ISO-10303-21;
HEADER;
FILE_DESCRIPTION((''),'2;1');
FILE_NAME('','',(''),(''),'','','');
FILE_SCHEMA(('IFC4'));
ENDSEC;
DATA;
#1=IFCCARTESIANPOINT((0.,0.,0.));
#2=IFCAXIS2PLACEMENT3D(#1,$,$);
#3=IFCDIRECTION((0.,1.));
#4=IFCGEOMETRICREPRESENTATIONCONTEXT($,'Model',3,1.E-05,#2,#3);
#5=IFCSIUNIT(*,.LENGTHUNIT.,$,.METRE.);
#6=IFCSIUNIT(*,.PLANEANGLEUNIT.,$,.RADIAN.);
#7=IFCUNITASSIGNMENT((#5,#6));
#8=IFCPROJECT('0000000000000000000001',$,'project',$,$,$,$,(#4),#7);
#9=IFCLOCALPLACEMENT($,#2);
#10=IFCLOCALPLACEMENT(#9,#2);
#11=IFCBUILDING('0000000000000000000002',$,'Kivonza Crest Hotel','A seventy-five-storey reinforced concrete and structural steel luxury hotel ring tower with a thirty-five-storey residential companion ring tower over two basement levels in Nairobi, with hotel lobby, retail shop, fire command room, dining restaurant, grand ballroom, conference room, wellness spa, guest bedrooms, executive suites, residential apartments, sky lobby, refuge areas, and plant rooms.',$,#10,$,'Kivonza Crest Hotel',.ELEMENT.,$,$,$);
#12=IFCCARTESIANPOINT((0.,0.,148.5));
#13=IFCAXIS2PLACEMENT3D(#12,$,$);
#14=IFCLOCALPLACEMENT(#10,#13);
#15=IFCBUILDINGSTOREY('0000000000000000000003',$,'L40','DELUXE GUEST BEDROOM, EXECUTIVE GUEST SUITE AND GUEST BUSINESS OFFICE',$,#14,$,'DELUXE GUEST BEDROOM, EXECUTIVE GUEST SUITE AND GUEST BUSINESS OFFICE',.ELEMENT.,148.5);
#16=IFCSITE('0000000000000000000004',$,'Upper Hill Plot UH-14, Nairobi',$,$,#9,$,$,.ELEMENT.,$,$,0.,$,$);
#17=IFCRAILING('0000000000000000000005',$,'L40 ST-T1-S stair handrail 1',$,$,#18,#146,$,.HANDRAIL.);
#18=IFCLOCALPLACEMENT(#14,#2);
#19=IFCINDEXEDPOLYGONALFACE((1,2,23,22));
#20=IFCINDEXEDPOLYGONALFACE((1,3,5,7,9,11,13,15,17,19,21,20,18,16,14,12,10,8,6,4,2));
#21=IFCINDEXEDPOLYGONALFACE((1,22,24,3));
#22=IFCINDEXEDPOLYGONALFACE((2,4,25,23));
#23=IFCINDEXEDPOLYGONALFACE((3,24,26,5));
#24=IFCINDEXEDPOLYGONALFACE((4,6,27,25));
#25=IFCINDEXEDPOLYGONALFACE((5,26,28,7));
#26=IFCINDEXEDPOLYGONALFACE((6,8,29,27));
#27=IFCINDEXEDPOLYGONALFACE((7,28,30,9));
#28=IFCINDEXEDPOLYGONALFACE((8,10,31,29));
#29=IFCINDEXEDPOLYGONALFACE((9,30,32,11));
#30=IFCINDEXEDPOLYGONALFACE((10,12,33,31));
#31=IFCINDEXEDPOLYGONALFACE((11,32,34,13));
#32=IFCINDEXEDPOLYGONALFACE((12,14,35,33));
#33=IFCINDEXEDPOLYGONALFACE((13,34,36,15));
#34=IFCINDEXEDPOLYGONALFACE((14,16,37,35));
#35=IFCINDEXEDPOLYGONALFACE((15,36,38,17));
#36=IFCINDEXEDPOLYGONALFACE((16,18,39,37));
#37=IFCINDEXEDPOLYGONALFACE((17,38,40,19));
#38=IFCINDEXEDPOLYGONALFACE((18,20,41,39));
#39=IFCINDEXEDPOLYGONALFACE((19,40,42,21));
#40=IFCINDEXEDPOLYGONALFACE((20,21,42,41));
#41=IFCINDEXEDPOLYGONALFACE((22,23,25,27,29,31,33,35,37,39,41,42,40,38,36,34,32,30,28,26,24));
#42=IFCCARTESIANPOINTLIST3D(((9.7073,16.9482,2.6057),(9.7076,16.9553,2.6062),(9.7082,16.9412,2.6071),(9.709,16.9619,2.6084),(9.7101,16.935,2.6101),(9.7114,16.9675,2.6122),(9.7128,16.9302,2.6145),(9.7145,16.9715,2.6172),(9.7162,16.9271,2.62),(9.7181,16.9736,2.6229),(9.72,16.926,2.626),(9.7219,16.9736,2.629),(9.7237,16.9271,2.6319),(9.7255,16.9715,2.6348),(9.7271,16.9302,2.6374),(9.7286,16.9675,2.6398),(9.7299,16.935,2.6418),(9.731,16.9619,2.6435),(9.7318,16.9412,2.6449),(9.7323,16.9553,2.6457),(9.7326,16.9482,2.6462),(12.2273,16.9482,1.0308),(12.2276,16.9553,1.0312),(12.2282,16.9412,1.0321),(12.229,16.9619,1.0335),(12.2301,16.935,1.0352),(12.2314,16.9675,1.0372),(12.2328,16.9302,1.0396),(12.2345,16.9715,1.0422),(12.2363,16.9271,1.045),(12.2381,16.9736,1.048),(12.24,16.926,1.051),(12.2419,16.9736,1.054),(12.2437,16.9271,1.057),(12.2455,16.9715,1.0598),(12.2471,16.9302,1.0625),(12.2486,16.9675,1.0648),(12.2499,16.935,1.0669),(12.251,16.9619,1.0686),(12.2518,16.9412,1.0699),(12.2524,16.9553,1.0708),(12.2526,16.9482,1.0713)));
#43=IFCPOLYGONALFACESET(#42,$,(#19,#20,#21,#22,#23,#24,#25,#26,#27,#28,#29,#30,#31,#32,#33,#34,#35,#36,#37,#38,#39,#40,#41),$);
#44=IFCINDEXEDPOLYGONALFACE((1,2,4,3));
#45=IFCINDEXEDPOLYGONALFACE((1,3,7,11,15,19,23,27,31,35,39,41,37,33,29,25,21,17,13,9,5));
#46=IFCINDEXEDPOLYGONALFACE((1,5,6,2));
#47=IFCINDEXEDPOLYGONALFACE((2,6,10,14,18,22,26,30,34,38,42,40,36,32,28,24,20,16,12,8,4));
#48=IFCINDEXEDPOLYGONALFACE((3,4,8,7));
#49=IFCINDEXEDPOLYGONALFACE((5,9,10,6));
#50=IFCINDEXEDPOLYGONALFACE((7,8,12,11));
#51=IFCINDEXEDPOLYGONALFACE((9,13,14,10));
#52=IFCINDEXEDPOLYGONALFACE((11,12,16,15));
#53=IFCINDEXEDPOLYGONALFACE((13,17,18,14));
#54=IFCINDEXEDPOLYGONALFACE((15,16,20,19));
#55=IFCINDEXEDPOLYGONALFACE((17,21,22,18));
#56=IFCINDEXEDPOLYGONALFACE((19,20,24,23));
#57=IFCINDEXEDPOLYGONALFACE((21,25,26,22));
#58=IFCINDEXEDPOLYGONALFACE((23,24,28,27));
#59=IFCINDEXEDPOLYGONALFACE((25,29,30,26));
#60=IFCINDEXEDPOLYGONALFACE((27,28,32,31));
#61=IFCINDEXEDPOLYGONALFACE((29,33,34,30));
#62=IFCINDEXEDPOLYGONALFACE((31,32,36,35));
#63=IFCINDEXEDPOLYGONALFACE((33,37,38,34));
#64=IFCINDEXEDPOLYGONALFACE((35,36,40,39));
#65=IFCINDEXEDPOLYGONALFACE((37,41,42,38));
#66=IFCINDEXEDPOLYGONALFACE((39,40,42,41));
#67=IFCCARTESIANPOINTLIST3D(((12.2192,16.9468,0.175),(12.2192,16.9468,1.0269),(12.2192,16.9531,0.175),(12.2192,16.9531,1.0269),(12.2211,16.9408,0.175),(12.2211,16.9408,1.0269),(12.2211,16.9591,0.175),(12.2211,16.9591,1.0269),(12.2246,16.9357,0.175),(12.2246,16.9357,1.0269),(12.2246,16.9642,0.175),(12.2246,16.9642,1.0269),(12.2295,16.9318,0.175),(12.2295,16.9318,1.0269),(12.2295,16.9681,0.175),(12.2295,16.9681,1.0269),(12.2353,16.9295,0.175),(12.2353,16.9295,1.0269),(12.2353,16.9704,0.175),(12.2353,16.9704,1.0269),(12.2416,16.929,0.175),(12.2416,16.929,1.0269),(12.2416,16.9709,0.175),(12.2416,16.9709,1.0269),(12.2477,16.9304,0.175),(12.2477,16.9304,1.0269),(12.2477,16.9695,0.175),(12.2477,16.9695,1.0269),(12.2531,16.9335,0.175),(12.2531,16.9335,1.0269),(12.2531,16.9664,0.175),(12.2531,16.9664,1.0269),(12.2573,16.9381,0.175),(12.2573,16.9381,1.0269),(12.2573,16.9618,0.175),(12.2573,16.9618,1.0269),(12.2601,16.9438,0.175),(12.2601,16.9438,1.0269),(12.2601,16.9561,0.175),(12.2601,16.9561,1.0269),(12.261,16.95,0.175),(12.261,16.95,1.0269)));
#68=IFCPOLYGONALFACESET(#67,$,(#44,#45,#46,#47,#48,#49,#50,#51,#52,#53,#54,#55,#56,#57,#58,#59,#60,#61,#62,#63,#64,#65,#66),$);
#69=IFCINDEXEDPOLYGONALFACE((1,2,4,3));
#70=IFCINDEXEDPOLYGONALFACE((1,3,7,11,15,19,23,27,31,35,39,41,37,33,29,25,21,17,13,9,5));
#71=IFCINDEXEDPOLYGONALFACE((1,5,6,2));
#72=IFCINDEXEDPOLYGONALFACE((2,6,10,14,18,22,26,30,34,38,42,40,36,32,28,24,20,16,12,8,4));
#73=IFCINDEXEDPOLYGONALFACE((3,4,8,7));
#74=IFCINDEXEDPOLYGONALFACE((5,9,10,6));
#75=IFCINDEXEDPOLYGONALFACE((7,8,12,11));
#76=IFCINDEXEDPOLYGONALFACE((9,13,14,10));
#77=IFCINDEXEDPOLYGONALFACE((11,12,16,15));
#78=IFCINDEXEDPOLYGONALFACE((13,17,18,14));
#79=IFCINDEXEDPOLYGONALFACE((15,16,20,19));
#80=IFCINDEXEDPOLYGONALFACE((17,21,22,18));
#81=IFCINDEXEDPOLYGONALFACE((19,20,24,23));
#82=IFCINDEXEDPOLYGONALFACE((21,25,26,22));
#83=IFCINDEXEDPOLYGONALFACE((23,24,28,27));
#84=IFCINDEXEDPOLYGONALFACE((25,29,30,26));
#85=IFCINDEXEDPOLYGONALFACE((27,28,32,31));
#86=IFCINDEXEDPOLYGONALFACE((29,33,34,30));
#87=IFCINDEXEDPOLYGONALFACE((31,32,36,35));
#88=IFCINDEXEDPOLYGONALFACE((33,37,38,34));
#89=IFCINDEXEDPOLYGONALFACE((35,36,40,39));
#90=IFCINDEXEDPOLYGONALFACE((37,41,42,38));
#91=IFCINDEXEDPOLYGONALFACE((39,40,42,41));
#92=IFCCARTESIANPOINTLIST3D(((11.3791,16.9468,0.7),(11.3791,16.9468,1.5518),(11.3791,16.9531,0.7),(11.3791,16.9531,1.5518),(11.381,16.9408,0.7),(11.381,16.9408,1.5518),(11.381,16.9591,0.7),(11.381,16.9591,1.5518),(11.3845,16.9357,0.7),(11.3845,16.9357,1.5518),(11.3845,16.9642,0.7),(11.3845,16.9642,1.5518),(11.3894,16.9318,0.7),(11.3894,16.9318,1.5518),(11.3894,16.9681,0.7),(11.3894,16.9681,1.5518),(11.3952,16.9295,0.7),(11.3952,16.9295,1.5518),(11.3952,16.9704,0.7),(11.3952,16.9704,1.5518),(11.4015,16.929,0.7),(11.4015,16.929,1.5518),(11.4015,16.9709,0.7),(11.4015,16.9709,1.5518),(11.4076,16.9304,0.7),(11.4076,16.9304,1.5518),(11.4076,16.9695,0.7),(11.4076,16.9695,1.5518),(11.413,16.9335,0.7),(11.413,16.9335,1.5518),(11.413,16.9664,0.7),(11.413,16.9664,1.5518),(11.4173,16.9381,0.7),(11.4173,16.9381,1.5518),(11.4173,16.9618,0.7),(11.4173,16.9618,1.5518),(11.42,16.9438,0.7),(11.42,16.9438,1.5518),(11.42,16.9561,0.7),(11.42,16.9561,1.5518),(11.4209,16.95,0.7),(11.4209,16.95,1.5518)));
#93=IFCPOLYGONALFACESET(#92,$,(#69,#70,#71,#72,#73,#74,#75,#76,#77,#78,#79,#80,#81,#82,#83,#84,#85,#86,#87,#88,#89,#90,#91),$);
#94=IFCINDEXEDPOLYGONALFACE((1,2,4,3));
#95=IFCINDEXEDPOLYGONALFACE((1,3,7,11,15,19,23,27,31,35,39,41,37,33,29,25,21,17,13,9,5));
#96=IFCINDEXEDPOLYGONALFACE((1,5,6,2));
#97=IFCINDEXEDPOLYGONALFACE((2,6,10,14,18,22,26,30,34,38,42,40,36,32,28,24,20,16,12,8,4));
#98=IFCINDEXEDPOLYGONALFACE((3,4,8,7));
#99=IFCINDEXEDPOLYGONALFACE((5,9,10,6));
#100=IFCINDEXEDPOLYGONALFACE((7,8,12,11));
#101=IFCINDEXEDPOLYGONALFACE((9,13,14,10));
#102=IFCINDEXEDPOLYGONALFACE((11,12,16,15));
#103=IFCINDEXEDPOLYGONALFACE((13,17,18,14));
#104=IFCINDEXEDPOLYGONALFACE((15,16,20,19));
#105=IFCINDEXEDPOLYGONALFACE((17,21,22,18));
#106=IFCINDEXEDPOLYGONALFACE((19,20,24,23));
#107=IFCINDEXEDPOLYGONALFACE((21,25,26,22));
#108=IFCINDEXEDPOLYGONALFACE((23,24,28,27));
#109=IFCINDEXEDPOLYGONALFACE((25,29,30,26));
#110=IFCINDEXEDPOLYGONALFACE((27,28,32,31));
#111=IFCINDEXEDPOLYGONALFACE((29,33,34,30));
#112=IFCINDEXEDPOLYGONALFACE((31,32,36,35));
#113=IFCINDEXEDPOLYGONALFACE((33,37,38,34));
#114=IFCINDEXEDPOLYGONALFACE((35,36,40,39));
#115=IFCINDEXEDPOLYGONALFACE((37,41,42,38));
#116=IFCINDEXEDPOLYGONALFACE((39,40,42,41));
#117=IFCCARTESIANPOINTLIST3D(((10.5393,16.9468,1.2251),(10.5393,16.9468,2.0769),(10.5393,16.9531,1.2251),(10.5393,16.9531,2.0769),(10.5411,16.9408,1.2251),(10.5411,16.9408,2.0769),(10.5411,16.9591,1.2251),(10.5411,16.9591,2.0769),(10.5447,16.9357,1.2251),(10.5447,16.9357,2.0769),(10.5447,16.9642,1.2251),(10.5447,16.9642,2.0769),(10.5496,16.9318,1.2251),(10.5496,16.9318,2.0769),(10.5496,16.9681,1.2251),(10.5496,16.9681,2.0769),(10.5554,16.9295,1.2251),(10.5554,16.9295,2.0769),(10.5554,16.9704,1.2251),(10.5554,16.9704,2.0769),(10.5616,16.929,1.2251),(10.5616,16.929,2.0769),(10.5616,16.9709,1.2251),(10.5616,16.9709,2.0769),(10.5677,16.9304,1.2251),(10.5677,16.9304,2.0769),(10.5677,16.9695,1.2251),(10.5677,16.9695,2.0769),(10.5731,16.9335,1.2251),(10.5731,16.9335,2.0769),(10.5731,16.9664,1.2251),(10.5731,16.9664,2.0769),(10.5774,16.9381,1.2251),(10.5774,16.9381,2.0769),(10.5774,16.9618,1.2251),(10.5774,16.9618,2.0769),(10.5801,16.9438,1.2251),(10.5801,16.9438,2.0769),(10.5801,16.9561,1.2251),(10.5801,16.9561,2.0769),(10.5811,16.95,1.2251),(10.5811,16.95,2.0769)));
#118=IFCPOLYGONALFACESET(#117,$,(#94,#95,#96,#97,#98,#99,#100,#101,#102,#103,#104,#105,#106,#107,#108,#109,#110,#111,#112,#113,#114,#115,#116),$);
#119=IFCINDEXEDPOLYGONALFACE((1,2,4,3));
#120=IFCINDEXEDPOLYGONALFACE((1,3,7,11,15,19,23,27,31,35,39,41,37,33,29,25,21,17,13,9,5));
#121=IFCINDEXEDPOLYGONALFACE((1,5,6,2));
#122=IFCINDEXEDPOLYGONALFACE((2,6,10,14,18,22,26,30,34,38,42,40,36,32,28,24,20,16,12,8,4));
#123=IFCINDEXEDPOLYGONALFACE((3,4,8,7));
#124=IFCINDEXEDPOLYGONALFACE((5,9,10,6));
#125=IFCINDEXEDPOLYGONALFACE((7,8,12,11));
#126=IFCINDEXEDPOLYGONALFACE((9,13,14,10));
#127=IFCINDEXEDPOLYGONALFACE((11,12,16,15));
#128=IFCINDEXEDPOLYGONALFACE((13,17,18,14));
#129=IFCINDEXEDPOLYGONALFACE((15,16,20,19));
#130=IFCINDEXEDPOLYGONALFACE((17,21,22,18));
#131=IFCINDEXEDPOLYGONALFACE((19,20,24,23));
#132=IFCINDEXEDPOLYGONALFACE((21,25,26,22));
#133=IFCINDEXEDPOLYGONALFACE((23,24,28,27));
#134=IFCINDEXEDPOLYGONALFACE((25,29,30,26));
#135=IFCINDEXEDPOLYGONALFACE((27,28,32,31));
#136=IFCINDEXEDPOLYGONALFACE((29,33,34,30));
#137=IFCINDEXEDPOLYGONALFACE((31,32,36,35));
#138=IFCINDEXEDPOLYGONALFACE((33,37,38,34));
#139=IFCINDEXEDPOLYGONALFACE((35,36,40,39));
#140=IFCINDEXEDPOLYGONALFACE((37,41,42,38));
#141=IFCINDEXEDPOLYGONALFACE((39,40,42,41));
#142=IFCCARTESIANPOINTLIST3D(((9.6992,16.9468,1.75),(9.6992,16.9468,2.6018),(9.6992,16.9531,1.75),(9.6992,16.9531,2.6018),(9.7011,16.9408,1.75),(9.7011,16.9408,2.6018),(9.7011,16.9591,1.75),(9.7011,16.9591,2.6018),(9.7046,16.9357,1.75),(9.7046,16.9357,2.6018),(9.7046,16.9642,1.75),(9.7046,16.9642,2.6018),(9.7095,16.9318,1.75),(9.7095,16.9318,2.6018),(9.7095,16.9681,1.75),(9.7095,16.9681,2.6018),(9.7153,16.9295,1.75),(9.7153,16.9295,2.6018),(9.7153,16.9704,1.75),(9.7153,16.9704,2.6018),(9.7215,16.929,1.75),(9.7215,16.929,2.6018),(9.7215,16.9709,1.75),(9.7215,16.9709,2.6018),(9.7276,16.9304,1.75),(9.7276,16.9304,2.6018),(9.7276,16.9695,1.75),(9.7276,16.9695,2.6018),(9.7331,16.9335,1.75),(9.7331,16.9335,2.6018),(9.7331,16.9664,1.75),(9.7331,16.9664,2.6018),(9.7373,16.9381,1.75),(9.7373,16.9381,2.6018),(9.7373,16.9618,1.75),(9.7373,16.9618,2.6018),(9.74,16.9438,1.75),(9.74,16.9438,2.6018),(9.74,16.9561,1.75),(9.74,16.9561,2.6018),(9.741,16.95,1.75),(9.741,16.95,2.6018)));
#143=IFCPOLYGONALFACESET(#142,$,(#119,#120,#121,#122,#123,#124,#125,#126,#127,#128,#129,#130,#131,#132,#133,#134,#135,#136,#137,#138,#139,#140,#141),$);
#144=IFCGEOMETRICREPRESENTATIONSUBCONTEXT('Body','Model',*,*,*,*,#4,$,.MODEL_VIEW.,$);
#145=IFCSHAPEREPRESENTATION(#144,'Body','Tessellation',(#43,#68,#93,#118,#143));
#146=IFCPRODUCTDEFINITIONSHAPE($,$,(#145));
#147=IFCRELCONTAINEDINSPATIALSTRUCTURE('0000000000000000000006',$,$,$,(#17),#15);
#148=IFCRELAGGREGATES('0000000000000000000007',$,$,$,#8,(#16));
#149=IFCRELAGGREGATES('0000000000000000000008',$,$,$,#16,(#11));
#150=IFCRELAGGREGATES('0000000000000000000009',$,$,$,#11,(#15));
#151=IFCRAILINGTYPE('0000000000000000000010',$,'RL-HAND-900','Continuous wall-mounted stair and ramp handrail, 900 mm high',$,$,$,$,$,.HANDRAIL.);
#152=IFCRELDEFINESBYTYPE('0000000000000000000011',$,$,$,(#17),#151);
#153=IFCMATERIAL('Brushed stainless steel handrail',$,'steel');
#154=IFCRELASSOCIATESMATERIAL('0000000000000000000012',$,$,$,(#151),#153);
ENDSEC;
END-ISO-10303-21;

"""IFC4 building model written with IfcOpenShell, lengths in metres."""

from ifc_helpers import new_model, si_unit, direction, frame, origin, origin_2d, place, context, subcontext, project, spatial, circle, extrude, material, type_object, element, save


model = new_model("IFC4")

# Units and contexts
model_context = context("Model", 3, precision=1e-05, world=origin(), true_north=direction((0.0, 1.0)))
body_context = subcontext(model_context, "Body", "Model", "MODEL_VIEW")
ifc_project = project(units=[si_unit("LENGTHUNIT", "METRE"), si_unit("PLANEANGLEUNIT", "RADIAN")], contexts=[model_context])

# Site, building, storey
site_placement = place(None, origin())
site = spatial("IfcSite", under=ifc_project, at=site_placement, Name="Upper Hill Plot UH-14, Nairobi", CompositionType="ELEMENT", RefElevation=0.0)
building_placement = place(site_placement, origin())
building = spatial("IfcBuilding", under=site, at=building_placement, Name="Kivonza Crest Hotel", Description="A seventy-five-storey reinforced concrete and structural steel luxury hotel ring tower with a thirty-five-storey residential companion ring tower over two basement levels in Nairobi, with hotel lobby, retail shop, fire command room, dining restaurant, grand ballroom, conference room, wellness spa, guest bedrooms, executive suites, residential apartments, sky lobby, refuge areas, and plant rooms.", LongName="Kivonza Crest Hotel", CompositionType="ELEMENT")
storey_placement = place(building_placement, frame((0.0, 0.0, 148.5)))
storey = spatial("IfcBuildingStorey", under=building, at=storey_placement, Name="L40", Description="DELUXE GUEST BEDROOM, EXECUTIVE GUEST SUITE AND GUEST BUSINESS OFFICE", LongName="DELUXE GUEST BEDROOM, EXECUTIVE GUEST SUITE AND GUEST BUSINESS OFFICE", CompositionType="ELEMENT", Elevation=148.5)

# Railing
ifc_material_1 = material(Name="Brushed stainless steel handrail", Category="steel")
railing_type_1 = type_object("IfcRailingType", Name="RL-HAND-900", Description="Continuous wall-mounted stair and ramp handrail, 900 mm high", PredefinedType="HANDRAIL", material=ifc_material_1)
railing_1_placement = place(storey_placement, frame((12.24, 16.95, 0.175)))
element("IfcRailing", 1, at=railing_1_placement, inside=storey, type_object=railing_type_1, Name="L40 ST-T1-S stair handrail 1", PredefinedType="HANDRAIL", context=body_context, shape_type="SweptSolid", body=[
    extrude(circle(Radius=0.0239, at=origin_2d()), frame((0.0, 0.0, 0.876), z_axis=(-0.848008, 0.0, 0.529984), x_axis=(0.0, -1.0, 0.0)), (0.0, 0.0, 1.0), 2.9717),
    extrude(circle(Radius=0.021, at=origin_2d()), origin(), (0.0, 0.0, 1.0), 0.8518),
    extrude(circle(Radius=0.021, at=origin_2d()), frame((-0.8401, 0.0, 0.5249)), (0.0, 0.0, 1.0), 0.8518),
    extrude(circle(Radius=0.021, at=origin_2d()), frame((-1.6799, 0.0, 1.05)), (0.0, 0.0, 1.0), 0.8518),
    extrude(circle(Radius=0.021, at=origin_2d()), frame((-2.52, 0.0, 1.575)), (0.0, 0.0, 1.0), 0.8518),
])

save(model, "model.ifc")
